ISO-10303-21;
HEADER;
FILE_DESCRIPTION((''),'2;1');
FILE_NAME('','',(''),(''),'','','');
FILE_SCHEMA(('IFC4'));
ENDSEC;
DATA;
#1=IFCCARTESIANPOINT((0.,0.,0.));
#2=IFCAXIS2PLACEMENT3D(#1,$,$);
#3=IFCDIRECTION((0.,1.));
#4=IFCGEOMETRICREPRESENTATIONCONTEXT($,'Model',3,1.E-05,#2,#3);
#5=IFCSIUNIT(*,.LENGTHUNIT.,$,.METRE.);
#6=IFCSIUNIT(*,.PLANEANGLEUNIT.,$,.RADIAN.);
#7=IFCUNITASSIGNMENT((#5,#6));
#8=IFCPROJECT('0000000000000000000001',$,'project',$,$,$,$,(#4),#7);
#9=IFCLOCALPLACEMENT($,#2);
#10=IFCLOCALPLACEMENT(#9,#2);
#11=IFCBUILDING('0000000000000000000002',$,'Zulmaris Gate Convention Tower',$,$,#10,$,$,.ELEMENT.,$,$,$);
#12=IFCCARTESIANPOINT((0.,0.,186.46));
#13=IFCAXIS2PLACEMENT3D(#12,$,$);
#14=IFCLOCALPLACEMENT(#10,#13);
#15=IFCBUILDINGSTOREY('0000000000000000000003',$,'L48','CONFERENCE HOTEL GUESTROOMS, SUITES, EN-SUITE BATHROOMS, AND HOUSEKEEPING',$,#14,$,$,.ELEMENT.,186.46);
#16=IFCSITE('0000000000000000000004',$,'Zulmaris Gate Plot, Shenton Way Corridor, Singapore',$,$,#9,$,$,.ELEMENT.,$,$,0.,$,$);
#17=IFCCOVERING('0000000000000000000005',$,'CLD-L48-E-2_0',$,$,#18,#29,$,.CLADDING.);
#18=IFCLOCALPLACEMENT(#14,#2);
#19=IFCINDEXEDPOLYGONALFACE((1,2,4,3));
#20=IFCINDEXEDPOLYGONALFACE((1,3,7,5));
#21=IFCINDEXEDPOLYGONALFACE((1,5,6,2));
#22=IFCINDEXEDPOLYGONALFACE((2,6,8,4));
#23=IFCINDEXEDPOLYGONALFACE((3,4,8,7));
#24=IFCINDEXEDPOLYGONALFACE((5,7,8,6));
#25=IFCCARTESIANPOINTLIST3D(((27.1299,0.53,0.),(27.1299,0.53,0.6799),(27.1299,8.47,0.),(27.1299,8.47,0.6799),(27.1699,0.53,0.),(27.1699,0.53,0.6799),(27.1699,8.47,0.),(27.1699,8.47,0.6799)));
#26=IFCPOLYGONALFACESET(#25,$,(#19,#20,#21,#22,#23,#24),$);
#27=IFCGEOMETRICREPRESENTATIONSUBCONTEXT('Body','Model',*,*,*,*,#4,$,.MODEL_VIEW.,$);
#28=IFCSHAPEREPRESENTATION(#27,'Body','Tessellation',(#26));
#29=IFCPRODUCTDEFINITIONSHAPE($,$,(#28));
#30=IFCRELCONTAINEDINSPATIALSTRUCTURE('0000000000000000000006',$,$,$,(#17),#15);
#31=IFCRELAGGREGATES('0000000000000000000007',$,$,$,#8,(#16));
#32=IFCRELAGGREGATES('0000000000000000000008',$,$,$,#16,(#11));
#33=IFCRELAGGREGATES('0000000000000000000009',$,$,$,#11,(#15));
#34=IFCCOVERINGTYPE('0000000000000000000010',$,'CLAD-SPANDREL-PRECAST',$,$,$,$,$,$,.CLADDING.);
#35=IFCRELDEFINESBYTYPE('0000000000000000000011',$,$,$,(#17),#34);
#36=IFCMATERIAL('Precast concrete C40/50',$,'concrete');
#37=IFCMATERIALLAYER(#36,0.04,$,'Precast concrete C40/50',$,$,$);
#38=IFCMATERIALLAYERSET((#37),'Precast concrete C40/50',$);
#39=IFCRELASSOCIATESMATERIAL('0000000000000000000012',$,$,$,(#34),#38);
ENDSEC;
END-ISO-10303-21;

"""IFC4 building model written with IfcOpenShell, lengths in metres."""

from ifc_helpers import new_model, si_unit, direction, frame, frame_2d, origin, place, context, subcontext, project, spatial, rectangle, extrude, material, layer, layer_set, type_object, element, save


model = new_model("IFC4")

# Units and contexts
model_context = context("Model", 3, precision=1e-05, world=origin(), true_north=direction((0.0, 1.0)))
body_context = subcontext(model_context, "Body", "Model", "MODEL_VIEW")
ifc_project = project(units=[si_unit("LENGTHUNIT", "METRE"), si_unit("PLANEANGLEUNIT", "RADIAN")], contexts=[model_context])

# Site, building, storey
site_placement = place(None, origin())
site = spatial("IfcSite", under=ifc_project, at=site_placement, Name="Zulmaris Gate Plot, Shenton Way Corridor, Singapore", CompositionType="ELEMENT", RefElevation=0.0)
building_placement = place(site_placement, origin())
building = spatial("IfcBuilding", under=site, at=building_placement, Name="Zulmaris Gate Convention Tower", CompositionType="ELEMENT")
storey_placement = place(building_placement, frame((0.0, 0.0, 186.46)))
storey = spatial("IfcBuildingStorey", under=building, at=storey_placement, Name="L48", Description="CONFERENCE HOTEL GUESTROOMS, SUITES, EN-SUITE BATHROOMS, AND HOUSEKEEPING", CompositionType="ELEMENT", Elevation=186.46)

# Shared definitions
ifc_material_1 = material(Name="Precast concrete C40/50", Category="concrete")

# Covering
ifc_layer_1 = layer(ifc_material_1, 0.04, Name="Precast concrete C40/50")
ifc_layer_set_1 = layer_set([ifc_layer_1], Name="Precast concrete C40/50")
covering_type = type_object("IfcCoveringType", Name="CLAD-SPANDREL-PRECAST", PredefinedType="CLADDING", material=ifc_layer_set_1)
covering_placement = place(storey_placement, frame((27.1499, 0.53, 0.0), z_axis=(0.0, 0.0, 1.0), x_axis=(0.0, 1.0, 0.0)))
element("IfcCovering", 1, at=covering_placement, inside=storey, type_object=covering_type, Name="CLD-L48-E-2_0", PredefinedType="CLADDING", context=body_context, shape_type="SweptSolid", body=[
    extrude(rectangle(XDim=7.9399, YDim=0.04, at=frame_2d((3.97, 0.0))), origin(), (0.0, 0.0, 1.0), 0.6799),
])

save(model, "model.ifc")
